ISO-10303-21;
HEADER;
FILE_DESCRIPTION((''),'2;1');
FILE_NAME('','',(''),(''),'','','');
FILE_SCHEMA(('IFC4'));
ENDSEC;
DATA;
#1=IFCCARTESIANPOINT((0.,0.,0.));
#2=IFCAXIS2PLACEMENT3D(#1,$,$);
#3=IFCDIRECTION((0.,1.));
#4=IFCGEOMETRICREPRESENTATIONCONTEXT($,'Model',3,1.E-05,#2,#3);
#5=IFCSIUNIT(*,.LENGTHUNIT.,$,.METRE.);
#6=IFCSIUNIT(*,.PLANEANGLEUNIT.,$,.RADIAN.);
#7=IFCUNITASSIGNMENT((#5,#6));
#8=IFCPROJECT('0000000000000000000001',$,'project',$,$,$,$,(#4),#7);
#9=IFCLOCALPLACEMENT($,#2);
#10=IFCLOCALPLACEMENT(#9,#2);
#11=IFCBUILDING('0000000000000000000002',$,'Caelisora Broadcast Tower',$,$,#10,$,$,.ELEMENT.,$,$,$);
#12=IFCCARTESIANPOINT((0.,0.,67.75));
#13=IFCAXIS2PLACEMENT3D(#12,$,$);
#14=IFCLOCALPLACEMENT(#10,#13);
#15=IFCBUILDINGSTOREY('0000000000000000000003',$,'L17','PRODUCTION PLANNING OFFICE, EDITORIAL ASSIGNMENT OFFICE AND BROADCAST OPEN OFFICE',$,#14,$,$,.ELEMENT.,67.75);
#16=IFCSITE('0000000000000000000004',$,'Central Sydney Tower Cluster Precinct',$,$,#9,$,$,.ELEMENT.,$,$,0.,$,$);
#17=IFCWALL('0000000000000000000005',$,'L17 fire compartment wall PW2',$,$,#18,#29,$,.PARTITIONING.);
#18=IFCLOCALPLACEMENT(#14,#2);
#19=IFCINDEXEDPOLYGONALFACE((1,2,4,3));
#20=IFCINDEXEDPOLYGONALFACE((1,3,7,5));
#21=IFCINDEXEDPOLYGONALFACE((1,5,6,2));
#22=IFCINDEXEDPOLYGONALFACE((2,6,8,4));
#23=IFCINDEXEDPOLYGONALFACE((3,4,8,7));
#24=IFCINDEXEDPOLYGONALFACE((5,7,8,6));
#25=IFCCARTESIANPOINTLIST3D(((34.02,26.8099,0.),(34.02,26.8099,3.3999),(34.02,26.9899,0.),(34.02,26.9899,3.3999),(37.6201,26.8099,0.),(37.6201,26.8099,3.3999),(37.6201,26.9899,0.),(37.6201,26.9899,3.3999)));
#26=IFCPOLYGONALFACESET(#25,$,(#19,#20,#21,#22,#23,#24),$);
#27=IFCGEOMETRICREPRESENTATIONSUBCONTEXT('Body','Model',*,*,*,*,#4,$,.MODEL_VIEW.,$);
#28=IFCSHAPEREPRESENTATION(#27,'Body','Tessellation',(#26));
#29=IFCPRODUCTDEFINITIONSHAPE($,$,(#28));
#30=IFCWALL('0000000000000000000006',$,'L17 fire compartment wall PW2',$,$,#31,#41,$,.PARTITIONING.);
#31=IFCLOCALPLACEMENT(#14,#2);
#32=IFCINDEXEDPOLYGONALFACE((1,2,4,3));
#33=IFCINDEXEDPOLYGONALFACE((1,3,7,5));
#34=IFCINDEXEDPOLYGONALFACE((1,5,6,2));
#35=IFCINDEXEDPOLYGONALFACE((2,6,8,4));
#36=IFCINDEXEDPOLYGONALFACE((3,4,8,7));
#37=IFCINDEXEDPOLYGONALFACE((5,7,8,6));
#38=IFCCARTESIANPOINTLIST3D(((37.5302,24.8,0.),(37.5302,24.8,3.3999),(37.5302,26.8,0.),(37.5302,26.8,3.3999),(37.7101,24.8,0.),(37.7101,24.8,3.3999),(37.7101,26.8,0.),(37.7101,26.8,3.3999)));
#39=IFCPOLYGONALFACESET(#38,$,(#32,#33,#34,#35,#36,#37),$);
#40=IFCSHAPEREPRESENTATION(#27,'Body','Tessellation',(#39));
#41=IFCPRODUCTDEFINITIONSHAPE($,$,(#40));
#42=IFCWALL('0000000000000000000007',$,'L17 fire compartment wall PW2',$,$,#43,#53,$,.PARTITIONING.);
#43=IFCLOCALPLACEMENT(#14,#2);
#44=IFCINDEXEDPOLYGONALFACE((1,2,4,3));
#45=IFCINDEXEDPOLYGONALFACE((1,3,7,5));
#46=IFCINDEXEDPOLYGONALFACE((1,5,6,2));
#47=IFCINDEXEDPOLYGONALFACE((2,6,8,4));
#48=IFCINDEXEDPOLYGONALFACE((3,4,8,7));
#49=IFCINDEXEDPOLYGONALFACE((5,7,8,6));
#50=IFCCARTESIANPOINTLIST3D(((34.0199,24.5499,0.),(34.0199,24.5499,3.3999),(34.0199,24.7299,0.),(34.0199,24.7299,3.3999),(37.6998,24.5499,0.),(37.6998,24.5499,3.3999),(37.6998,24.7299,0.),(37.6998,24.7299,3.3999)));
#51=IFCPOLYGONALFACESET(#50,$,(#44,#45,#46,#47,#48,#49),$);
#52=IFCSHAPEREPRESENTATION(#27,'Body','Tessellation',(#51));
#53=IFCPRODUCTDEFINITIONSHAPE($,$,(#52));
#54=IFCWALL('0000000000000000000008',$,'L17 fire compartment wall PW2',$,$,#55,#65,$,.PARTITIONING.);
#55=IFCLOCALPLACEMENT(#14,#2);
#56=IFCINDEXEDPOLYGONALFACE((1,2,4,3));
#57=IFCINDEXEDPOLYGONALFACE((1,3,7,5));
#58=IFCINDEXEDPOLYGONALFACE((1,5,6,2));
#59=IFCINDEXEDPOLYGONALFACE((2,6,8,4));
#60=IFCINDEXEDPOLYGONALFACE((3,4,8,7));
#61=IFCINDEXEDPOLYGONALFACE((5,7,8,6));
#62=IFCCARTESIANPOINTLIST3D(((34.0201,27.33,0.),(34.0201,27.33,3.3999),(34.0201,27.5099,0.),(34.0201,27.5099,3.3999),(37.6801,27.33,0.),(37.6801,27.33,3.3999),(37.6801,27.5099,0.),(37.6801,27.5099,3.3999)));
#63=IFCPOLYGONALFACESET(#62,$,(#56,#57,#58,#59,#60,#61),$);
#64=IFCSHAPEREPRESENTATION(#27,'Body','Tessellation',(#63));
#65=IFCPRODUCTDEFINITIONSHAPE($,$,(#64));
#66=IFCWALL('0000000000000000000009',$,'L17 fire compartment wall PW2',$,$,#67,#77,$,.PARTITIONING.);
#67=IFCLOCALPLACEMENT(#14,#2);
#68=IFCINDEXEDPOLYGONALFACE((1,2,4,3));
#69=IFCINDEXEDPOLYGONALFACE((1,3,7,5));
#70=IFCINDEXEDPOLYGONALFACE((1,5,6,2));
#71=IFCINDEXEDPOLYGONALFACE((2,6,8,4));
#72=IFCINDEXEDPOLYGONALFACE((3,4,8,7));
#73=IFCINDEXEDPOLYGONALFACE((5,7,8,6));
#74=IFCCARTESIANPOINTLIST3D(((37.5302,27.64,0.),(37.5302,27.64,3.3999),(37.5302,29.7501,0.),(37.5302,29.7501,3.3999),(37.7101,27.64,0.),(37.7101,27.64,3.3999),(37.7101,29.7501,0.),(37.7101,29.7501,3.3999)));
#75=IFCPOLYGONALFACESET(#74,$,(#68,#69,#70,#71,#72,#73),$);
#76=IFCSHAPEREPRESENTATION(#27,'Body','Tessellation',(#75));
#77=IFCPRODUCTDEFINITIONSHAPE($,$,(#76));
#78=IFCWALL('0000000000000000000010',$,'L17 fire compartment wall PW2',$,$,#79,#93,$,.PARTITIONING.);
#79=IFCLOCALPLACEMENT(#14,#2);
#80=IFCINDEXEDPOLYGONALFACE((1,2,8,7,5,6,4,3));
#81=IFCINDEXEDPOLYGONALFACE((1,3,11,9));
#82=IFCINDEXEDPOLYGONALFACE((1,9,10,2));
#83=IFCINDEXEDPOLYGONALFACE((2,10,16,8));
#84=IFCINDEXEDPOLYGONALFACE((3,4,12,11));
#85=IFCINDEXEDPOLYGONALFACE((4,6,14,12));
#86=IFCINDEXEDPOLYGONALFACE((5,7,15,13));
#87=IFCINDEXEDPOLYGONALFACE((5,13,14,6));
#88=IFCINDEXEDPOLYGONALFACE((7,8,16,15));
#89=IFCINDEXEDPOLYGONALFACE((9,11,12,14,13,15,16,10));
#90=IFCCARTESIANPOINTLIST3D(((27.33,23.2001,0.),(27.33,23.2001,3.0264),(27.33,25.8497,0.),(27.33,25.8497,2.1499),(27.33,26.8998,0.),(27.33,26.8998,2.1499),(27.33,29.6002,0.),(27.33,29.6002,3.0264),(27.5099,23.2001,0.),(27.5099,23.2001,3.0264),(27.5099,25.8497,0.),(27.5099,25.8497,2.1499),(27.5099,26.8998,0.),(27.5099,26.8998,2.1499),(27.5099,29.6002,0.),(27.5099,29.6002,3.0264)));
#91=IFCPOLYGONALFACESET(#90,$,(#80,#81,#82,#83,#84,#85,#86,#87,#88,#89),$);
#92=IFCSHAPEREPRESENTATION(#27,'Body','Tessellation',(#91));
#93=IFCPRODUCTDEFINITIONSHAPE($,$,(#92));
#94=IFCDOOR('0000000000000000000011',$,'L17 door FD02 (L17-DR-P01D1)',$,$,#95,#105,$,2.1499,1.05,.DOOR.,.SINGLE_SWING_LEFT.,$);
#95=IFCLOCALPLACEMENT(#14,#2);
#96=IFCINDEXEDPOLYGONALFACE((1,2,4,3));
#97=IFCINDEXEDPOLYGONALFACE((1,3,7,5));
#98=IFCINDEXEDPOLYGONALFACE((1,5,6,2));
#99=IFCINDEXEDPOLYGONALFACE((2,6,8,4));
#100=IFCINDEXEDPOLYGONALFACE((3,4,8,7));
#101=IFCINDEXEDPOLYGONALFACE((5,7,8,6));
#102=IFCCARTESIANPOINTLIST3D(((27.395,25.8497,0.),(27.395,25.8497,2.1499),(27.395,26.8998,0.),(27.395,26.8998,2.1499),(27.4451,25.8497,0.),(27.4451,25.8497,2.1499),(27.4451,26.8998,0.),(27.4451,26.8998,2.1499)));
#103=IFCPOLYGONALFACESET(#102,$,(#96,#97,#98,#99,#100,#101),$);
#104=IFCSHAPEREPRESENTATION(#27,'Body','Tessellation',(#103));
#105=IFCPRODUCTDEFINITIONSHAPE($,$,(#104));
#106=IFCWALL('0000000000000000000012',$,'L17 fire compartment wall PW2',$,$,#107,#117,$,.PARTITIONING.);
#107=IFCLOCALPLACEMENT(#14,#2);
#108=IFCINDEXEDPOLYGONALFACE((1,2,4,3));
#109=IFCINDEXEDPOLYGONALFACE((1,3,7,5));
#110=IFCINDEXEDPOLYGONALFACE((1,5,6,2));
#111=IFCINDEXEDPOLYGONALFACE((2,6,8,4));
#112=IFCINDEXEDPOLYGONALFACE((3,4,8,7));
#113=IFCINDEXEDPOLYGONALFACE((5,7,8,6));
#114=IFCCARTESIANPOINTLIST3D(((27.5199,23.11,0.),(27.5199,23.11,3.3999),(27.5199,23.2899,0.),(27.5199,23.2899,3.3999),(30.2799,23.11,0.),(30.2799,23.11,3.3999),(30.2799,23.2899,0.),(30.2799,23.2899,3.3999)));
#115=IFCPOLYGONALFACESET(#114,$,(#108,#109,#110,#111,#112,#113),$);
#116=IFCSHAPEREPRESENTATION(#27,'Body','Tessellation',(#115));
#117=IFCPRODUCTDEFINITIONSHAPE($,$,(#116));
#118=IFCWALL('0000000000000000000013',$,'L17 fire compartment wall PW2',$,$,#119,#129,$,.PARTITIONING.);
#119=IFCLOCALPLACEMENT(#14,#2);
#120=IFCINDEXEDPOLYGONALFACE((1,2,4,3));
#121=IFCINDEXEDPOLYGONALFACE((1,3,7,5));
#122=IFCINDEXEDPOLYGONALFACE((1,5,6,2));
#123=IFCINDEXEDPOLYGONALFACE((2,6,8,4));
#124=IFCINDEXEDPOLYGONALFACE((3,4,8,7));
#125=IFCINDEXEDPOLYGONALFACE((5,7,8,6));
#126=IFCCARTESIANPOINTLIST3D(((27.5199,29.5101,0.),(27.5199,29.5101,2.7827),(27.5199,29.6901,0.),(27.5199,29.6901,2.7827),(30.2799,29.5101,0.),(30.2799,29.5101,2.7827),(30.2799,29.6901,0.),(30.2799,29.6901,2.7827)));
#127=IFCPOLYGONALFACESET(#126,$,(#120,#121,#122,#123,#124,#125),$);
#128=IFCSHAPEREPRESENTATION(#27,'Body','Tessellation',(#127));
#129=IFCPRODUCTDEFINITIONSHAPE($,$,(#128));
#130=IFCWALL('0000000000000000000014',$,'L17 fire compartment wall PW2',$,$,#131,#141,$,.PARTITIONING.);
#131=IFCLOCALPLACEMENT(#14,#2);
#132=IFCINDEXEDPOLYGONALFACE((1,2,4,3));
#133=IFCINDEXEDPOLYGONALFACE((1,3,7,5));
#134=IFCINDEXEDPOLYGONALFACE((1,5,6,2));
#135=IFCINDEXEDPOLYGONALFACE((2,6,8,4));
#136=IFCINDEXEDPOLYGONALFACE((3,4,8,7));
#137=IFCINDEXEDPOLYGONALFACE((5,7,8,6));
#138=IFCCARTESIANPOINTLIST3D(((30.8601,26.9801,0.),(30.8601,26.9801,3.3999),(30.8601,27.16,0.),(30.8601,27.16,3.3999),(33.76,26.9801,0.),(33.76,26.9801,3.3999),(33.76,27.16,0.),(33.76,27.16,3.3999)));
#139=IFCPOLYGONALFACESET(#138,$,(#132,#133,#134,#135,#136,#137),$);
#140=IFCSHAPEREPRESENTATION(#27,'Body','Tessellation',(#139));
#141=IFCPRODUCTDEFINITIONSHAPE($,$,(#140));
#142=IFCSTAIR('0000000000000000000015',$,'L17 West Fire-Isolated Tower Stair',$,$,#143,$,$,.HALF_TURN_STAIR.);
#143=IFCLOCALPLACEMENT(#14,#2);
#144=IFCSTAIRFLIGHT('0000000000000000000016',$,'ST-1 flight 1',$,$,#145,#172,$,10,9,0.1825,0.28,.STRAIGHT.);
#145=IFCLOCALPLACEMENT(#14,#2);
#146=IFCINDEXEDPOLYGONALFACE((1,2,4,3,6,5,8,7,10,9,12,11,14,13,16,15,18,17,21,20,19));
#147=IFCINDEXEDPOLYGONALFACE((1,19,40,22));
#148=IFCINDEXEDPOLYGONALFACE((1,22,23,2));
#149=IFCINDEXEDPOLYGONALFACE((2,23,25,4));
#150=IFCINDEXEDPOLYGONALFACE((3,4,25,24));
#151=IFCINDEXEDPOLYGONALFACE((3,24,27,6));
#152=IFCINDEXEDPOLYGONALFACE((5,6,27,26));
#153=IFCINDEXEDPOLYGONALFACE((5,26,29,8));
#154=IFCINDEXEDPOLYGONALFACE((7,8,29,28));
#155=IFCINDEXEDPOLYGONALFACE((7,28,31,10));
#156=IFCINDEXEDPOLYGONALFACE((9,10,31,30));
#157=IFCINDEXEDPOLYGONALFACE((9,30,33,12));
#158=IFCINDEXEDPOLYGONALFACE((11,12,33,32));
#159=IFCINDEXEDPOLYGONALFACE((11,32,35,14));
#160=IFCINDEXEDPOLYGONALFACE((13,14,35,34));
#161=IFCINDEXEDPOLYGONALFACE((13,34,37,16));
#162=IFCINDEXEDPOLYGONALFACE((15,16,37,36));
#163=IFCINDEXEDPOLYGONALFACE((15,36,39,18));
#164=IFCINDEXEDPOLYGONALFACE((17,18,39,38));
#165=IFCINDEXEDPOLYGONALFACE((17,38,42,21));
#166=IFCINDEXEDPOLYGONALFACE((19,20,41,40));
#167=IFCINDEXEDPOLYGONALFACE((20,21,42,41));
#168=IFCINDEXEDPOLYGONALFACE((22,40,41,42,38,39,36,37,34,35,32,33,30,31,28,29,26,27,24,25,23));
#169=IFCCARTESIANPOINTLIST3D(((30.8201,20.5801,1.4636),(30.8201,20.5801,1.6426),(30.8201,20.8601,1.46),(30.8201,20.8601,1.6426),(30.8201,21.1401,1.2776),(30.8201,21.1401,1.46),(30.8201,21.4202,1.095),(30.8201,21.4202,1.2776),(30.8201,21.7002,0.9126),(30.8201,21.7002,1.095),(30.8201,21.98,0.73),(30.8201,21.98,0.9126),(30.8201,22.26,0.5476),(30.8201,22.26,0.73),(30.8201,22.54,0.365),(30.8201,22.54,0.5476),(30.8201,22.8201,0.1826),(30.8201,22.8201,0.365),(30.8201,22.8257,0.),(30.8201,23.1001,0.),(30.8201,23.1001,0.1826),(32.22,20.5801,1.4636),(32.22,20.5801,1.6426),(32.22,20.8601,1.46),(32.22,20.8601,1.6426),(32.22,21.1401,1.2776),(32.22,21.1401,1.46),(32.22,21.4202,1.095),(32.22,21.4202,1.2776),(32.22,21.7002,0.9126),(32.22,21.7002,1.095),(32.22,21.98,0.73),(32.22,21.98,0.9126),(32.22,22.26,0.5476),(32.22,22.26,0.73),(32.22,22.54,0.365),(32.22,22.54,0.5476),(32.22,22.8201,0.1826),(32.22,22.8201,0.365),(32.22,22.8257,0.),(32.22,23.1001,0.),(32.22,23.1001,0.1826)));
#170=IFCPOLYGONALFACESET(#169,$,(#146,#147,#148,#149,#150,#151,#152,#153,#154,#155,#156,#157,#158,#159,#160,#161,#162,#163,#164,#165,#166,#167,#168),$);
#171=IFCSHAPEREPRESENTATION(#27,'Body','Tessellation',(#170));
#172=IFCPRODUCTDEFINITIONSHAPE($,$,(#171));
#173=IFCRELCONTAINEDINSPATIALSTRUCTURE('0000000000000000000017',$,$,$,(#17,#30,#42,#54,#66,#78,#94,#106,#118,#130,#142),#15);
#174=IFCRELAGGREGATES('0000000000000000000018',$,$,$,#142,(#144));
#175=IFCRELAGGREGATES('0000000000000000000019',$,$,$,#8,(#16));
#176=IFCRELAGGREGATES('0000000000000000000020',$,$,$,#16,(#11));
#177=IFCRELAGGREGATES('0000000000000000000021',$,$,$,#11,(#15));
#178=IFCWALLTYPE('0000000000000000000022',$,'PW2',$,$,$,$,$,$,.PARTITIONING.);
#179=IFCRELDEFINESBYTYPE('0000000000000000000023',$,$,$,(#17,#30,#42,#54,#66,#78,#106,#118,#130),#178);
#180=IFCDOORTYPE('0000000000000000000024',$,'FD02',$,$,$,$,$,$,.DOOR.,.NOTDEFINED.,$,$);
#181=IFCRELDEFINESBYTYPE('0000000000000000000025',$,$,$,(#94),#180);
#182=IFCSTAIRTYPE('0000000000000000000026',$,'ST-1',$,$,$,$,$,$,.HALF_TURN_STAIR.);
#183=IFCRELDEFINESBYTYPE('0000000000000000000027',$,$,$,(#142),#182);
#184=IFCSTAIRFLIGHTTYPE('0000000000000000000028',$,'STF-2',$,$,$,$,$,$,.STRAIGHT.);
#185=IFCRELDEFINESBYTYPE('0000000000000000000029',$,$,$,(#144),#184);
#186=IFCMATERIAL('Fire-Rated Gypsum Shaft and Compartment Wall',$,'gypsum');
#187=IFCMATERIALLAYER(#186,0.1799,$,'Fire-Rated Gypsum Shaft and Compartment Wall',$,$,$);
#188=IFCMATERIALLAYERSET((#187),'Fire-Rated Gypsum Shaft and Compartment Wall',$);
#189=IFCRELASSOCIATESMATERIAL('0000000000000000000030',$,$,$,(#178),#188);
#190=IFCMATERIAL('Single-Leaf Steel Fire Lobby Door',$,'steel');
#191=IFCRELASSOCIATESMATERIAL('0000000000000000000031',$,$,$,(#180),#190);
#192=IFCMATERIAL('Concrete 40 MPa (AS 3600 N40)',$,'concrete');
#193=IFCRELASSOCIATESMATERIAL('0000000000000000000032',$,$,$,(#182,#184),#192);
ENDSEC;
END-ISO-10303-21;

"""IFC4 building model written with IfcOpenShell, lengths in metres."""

from ifc_helpers import new_model, si_unit, direction, frame, frame_2d, origin, place, context, subcontext, project, spatial, polyline, rectangle, outline, extrude, material, layer, layer_set, type_object, element, fill, aggregate, save


model = new_model("IFC4")

# Units and contexts
model_context = context("Model", 3, precision=1e-05, world=origin(), true_north=direction((0.0, 1.0)))
body_context = subcontext(model_context, "Body", "Model", "MODEL_VIEW")
ifc_project = project(units=[si_unit("LENGTHUNIT", "METRE"), si_unit("PLANEANGLEUNIT", "RADIAN")], contexts=[model_context])

# Site, building, storey
site_placement = place(None, origin())
site = spatial("IfcSite", under=ifc_project, at=site_placement, Name="Central Sydney Tower Cluster Precinct", CompositionType="ELEMENT", RefElevation=0.0)
building_placement = place(site_placement, origin())
building = spatial("IfcBuilding", under=site, at=building_placement, Name="Caelisora Broadcast Tower", CompositionType="ELEMENT")
storey_placement = place(building_placement, frame((0.0, 0.0, 67.75)))
storey = spatial("IfcBuildingStorey", under=building, at=storey_placement, Name="L17", Description="PRODUCTION PLANNING OFFICE, EDITORIAL ASSIGNMENT OFFICE AND BROADCAST OPEN OFFICE", CompositionType="ELEMENT", Elevation=67.75)

# Walls
ifc_material_1 = material(Name="Fire-Rated Gypsum Shaft and Compartment Wall", Category="gypsum")
ifc_layer_1 = layer(ifc_material_1, 0.1799, Name="Fire-Rated Gypsum Shaft and Compartment Wall")
ifc_layer_set_1 = layer_set([ifc_layer_1], Name="Fire-Rated Gypsum Shaft and Compartment Wall")
wall_type_1 = type_object("IfcWallType", Name="PW2", PredefinedType="PARTITIONING", material=ifc_layer_set_1)
wall_1_placement = place(storey_placement, frame((34.02, 26.8999, 0.0), z_axis=(0.0, 0.0, 1.0), x_axis=(1.0, 0.0, 0.0)))
element("IfcWall", 1, at=wall_1_placement, inside=storey, type_object=wall_type_1, Name="L17 fire compartment wall PW2", PredefinedType="PARTITIONING", context=body_context, shape_type="SweptSolid", body=[
    extrude(rectangle(XDim=3.6001, YDim=0.1799, at=frame_2d((1.8, 0.0))), origin(), (0.0, 0.0, 1.0), 3.3999),
])
wall_2_placement = place(storey_placement, frame((37.6201, 24.8, 0.0), z_axis=(0.0, 0.0, 1.0), x_axis=(0.0, 1.0, 0.0)))
element("IfcWall", 2, at=wall_2_placement, inside=storey, type_object=wall_type_1, Name="L17 fire compartment wall PW2", PredefinedType="PARTITIONING", context=body_context, shape_type="SweptSolid", body=[
    extrude(rectangle(XDim=2.0, YDim=0.1799, at=frame_2d((1.0, 0.0))), origin(), (0.0, 0.0, 1.0), 3.3999),
])
wall_3_placement = place(storey_placement, frame((34.02, 24.6399, 0.0), z_axis=(0.0, 0.0, 1.0), x_axis=(1.0, 0.0, 0.0)))
element("IfcWall", 3, at=wall_3_placement, inside=storey, type_object=wall_type_1, Name="L17 fire compartment wall PW2", PredefinedType="PARTITIONING", context=body_context, shape_type="SweptSolid", body=[
    extrude(rectangle(XDim=3.6799, YDim=0.1799, at=frame_2d((1.8398, 0.0))), origin(), (0.0, 0.0, 1.0), 3.3999),
])
wall_4_placement = place(storey_placement, frame((34.02, 27.4199, 0.0), z_axis=(0.0, 0.0, 1.0), x_axis=(1.0, 0.0, 0.0)))
element("IfcWall", 4, at=wall_4_placement, inside=storey, type_object=wall_type_1, Name="L17 fire compartment wall PW2", PredefinedType="PARTITIONING", context=body_context, shape_type="SweptSolid", body=[
    extrude(rectangle(XDim=3.6599, YDim=0.1799, at=frame_2d((1.8301, 0.0))), origin(), (0.0, 0.0, 1.0), 3.3999),
])
wall_5_placement = place(storey_placement, frame((37.6201, 27.6399, 0.0), z_axis=(0.0, 0.0, 1.0), x_axis=(0.0, 1.0, 0.0)))
element("IfcWall", 5, at=wall_5_placement, inside=storey, type_object=wall_type_1, Name="L17 fire compartment wall PW2", PredefinedType="PARTITIONING", context=body_context, shape_type="SweptSolid", body=[
    extrude(rectangle(XDim=2.1101, YDim=0.1799, at=frame_2d((1.0552, 0.0))), origin(), (0.0, 0.0, 1.0), 3.3999),
])

# Wall, opening, door
wall_6_placement = place(storey_placement, frame((27.4199, 23.2, 0.0), z_axis=(0.0, 0.0, 1.0), x_axis=(0.0, 1.0, 0.0)))
wall_6 = element("IfcWall", 6, at=wall_6_placement, inside=storey, type_object=wall_type_1, Name="L17 fire compartment wall PW2", PredefinedType="PARTITIONING", context=body_context, shape_type="SweptSolid", body=[
    extrude(rectangle(XDim=6.4001, YDim=0.1799, at=frame_2d((3.2002, 0.0))), origin(), (0.0, 0.0, 1.0), 3.0264),
])
opening_placement = place(wall_6_placement, frame((2.6499, 0.0, 0.0)))
opening = element("IfcOpeningElement", 7, at=opening_placement, cuts=wall_6, PredefinedType="OPENING", context=body_context, shape_type="SweptSolid", body=[
    extrude(rectangle(XDim=1.05, YDim=2.1499, at=frame_2d((0.5249, 1.075))), frame((0.0, 0.1021, 0.0), z_axis=(0.0, -1.0, 0.0), x_axis=(1.0, 0.0, 0.0)), (0.0, 0.0, 1.0), 0.2039),
])
ifc_material_2 = material(Name="Single-Leaf Steel Fire Lobby Door", Category="steel")
door_type = type_object("IfcDoorType", Name="FD02", OperationType="NOTDEFINED", PredefinedType="DOOR", material=ifc_material_2)
door_placement = place(opening_placement, origin())
door = element("IfcDoor", 8, at=door_placement, inside=storey, type_object=door_type, Name="L17 door FD02 (L17-DR-P01D1)", OperationType="SINGLE_SWING_LEFT", OverallHeight=2.1499, OverallWidth=1.05, PredefinedType="DOOR", context=body_context, shape_type="SweptSolid", body=[
    extrude(rectangle(XDim=1.05, YDim=2.1499, at=frame_2d((0.5249, 1.075))), frame((0.0, 0.0249, 0.0), z_axis=(0.0, -1.0, 0.0), x_axis=(1.0, 0.0, 0.0)), (0.0, 0.0, 1.0), 0.05),
])
fill(opening, door)

# Walls
wall_7_placement = place(storey_placement, frame((27.52, 23.2, 0.0), z_axis=(0.0, 0.0, 1.0), x_axis=(1.0, 0.0, 0.0)))
element("IfcWall", 9, at=wall_7_placement, inside=storey, type_object=wall_type_1, Name="L17 fire compartment wall PW2", PredefinedType="PARTITIONING", context=body_context, shape_type="SweptSolid", body=[
    extrude(rectangle(XDim=2.76, YDim=0.1799, at=frame_2d((1.3799, 0.0))), origin(), (0.0, 0.0, 1.0), 3.3999),
])
wall_8_placement = place(storey_placement, frame((27.52, 29.6001, 0.0), z_axis=(0.0, 0.0, 1.0), x_axis=(1.0, 0.0, 0.0)))
element("IfcWall", 10, at=wall_8_placement, inside=storey, type_object=wall_type_1, Name="L17 fire compartment wall PW2", PredefinedType="PARTITIONING", context=body_context, shape_type="SweptSolid", body=[
    extrude(rectangle(XDim=2.76, YDim=0.1799, at=frame_2d((1.3799, 0.0))), origin(), (0.0, 0.0, 1.0), 2.7827),
])
wall_9_placement = place(storey_placement, frame((30.8601, 27.0701, 0.0), z_axis=(0.0, 0.0, 1.0), x_axis=(1.0, 0.0, 0.0)))
element("IfcWall", 11, at=wall_9_placement, inside=storey, type_object=wall_type_1, Name="L17 fire compartment wall PW2", PredefinedType="PARTITIONING", context=body_context, shape_type="SweptSolid", body=[
    extrude(rectangle(XDim=2.8999, YDim=0.1799, at=frame_2d((1.45, 0.0))), origin(), (0.0, 0.0, 1.0), 3.3999),
])

# Stair, stair flight
ifc_material_3 = material(Name="Concrete 40 MPa (AS 3600 N40)", Category="concrete")
stair_type = type_object("IfcStairType", Name="ST-1", PredefinedType="HALF_TURN_STAIR", material=ifc_material_3)
stair_placement = place(storey_placement, origin())
stair = element("IfcStair", 12, at=stair_placement, inside=storey, type_object=stair_type, Name="L17 West Fire-Isolated Tower Stair", PredefinedType="HALF_TURN_STAIR")
stair_flight_type = type_object("IfcStairFlightType", Name="STF-2", PredefinedType="STRAIGHT", material=ifc_material_3)
stair_flight_placement = place(storey_placement, frame((31.52, 23.1001, 0.0), z_axis=(0.0, 0.0, 1.0), x_axis=(0.0, -1.0, 0.0)))
stair_flight = element("IfcStairFlight", 13, at=stair_flight_placement, type_object=stair_flight_type, Name="ST-1 flight 1", NumberOfRisers=10, NumberOfTreads=9, PredefinedType="STRAIGHT", RiserHeight=0.1825, TreadLength=0.28, context=body_context, shape_type="SweptSolid", body=[
    extrude(outline(polyline([(0.0, 0.0), (0.0, 0.1826), (0.28, 0.1826), (0.28, 0.365), (0.5601, 0.365), (0.5601, 0.5476), (0.8401, 0.5476), (0.8401, 0.73), (1.1201, 0.73), (1.1201, 0.9126), (1.3999, 0.9126), (1.3999, 1.095), (1.6799, 1.095), (1.6799, 1.2776), (1.96, 1.2776), (1.96, 1.46), (2.24, 1.46), (2.24, 1.6426), (2.52, 1.6426), (2.52, 1.825), (2.52, 1.4636), (0.2744, 0.0), (0.0, 0.0)])), frame((0.0, 0.7, 0.0), z_axis=(0.0, -1.0, 0.0), x_axis=(1.0, 0.0, 0.0)), (0.0, 0.0, 1.0), 1.3999),
])
aggregate(stair, [stair_flight])

save(model, "model.ifc")
